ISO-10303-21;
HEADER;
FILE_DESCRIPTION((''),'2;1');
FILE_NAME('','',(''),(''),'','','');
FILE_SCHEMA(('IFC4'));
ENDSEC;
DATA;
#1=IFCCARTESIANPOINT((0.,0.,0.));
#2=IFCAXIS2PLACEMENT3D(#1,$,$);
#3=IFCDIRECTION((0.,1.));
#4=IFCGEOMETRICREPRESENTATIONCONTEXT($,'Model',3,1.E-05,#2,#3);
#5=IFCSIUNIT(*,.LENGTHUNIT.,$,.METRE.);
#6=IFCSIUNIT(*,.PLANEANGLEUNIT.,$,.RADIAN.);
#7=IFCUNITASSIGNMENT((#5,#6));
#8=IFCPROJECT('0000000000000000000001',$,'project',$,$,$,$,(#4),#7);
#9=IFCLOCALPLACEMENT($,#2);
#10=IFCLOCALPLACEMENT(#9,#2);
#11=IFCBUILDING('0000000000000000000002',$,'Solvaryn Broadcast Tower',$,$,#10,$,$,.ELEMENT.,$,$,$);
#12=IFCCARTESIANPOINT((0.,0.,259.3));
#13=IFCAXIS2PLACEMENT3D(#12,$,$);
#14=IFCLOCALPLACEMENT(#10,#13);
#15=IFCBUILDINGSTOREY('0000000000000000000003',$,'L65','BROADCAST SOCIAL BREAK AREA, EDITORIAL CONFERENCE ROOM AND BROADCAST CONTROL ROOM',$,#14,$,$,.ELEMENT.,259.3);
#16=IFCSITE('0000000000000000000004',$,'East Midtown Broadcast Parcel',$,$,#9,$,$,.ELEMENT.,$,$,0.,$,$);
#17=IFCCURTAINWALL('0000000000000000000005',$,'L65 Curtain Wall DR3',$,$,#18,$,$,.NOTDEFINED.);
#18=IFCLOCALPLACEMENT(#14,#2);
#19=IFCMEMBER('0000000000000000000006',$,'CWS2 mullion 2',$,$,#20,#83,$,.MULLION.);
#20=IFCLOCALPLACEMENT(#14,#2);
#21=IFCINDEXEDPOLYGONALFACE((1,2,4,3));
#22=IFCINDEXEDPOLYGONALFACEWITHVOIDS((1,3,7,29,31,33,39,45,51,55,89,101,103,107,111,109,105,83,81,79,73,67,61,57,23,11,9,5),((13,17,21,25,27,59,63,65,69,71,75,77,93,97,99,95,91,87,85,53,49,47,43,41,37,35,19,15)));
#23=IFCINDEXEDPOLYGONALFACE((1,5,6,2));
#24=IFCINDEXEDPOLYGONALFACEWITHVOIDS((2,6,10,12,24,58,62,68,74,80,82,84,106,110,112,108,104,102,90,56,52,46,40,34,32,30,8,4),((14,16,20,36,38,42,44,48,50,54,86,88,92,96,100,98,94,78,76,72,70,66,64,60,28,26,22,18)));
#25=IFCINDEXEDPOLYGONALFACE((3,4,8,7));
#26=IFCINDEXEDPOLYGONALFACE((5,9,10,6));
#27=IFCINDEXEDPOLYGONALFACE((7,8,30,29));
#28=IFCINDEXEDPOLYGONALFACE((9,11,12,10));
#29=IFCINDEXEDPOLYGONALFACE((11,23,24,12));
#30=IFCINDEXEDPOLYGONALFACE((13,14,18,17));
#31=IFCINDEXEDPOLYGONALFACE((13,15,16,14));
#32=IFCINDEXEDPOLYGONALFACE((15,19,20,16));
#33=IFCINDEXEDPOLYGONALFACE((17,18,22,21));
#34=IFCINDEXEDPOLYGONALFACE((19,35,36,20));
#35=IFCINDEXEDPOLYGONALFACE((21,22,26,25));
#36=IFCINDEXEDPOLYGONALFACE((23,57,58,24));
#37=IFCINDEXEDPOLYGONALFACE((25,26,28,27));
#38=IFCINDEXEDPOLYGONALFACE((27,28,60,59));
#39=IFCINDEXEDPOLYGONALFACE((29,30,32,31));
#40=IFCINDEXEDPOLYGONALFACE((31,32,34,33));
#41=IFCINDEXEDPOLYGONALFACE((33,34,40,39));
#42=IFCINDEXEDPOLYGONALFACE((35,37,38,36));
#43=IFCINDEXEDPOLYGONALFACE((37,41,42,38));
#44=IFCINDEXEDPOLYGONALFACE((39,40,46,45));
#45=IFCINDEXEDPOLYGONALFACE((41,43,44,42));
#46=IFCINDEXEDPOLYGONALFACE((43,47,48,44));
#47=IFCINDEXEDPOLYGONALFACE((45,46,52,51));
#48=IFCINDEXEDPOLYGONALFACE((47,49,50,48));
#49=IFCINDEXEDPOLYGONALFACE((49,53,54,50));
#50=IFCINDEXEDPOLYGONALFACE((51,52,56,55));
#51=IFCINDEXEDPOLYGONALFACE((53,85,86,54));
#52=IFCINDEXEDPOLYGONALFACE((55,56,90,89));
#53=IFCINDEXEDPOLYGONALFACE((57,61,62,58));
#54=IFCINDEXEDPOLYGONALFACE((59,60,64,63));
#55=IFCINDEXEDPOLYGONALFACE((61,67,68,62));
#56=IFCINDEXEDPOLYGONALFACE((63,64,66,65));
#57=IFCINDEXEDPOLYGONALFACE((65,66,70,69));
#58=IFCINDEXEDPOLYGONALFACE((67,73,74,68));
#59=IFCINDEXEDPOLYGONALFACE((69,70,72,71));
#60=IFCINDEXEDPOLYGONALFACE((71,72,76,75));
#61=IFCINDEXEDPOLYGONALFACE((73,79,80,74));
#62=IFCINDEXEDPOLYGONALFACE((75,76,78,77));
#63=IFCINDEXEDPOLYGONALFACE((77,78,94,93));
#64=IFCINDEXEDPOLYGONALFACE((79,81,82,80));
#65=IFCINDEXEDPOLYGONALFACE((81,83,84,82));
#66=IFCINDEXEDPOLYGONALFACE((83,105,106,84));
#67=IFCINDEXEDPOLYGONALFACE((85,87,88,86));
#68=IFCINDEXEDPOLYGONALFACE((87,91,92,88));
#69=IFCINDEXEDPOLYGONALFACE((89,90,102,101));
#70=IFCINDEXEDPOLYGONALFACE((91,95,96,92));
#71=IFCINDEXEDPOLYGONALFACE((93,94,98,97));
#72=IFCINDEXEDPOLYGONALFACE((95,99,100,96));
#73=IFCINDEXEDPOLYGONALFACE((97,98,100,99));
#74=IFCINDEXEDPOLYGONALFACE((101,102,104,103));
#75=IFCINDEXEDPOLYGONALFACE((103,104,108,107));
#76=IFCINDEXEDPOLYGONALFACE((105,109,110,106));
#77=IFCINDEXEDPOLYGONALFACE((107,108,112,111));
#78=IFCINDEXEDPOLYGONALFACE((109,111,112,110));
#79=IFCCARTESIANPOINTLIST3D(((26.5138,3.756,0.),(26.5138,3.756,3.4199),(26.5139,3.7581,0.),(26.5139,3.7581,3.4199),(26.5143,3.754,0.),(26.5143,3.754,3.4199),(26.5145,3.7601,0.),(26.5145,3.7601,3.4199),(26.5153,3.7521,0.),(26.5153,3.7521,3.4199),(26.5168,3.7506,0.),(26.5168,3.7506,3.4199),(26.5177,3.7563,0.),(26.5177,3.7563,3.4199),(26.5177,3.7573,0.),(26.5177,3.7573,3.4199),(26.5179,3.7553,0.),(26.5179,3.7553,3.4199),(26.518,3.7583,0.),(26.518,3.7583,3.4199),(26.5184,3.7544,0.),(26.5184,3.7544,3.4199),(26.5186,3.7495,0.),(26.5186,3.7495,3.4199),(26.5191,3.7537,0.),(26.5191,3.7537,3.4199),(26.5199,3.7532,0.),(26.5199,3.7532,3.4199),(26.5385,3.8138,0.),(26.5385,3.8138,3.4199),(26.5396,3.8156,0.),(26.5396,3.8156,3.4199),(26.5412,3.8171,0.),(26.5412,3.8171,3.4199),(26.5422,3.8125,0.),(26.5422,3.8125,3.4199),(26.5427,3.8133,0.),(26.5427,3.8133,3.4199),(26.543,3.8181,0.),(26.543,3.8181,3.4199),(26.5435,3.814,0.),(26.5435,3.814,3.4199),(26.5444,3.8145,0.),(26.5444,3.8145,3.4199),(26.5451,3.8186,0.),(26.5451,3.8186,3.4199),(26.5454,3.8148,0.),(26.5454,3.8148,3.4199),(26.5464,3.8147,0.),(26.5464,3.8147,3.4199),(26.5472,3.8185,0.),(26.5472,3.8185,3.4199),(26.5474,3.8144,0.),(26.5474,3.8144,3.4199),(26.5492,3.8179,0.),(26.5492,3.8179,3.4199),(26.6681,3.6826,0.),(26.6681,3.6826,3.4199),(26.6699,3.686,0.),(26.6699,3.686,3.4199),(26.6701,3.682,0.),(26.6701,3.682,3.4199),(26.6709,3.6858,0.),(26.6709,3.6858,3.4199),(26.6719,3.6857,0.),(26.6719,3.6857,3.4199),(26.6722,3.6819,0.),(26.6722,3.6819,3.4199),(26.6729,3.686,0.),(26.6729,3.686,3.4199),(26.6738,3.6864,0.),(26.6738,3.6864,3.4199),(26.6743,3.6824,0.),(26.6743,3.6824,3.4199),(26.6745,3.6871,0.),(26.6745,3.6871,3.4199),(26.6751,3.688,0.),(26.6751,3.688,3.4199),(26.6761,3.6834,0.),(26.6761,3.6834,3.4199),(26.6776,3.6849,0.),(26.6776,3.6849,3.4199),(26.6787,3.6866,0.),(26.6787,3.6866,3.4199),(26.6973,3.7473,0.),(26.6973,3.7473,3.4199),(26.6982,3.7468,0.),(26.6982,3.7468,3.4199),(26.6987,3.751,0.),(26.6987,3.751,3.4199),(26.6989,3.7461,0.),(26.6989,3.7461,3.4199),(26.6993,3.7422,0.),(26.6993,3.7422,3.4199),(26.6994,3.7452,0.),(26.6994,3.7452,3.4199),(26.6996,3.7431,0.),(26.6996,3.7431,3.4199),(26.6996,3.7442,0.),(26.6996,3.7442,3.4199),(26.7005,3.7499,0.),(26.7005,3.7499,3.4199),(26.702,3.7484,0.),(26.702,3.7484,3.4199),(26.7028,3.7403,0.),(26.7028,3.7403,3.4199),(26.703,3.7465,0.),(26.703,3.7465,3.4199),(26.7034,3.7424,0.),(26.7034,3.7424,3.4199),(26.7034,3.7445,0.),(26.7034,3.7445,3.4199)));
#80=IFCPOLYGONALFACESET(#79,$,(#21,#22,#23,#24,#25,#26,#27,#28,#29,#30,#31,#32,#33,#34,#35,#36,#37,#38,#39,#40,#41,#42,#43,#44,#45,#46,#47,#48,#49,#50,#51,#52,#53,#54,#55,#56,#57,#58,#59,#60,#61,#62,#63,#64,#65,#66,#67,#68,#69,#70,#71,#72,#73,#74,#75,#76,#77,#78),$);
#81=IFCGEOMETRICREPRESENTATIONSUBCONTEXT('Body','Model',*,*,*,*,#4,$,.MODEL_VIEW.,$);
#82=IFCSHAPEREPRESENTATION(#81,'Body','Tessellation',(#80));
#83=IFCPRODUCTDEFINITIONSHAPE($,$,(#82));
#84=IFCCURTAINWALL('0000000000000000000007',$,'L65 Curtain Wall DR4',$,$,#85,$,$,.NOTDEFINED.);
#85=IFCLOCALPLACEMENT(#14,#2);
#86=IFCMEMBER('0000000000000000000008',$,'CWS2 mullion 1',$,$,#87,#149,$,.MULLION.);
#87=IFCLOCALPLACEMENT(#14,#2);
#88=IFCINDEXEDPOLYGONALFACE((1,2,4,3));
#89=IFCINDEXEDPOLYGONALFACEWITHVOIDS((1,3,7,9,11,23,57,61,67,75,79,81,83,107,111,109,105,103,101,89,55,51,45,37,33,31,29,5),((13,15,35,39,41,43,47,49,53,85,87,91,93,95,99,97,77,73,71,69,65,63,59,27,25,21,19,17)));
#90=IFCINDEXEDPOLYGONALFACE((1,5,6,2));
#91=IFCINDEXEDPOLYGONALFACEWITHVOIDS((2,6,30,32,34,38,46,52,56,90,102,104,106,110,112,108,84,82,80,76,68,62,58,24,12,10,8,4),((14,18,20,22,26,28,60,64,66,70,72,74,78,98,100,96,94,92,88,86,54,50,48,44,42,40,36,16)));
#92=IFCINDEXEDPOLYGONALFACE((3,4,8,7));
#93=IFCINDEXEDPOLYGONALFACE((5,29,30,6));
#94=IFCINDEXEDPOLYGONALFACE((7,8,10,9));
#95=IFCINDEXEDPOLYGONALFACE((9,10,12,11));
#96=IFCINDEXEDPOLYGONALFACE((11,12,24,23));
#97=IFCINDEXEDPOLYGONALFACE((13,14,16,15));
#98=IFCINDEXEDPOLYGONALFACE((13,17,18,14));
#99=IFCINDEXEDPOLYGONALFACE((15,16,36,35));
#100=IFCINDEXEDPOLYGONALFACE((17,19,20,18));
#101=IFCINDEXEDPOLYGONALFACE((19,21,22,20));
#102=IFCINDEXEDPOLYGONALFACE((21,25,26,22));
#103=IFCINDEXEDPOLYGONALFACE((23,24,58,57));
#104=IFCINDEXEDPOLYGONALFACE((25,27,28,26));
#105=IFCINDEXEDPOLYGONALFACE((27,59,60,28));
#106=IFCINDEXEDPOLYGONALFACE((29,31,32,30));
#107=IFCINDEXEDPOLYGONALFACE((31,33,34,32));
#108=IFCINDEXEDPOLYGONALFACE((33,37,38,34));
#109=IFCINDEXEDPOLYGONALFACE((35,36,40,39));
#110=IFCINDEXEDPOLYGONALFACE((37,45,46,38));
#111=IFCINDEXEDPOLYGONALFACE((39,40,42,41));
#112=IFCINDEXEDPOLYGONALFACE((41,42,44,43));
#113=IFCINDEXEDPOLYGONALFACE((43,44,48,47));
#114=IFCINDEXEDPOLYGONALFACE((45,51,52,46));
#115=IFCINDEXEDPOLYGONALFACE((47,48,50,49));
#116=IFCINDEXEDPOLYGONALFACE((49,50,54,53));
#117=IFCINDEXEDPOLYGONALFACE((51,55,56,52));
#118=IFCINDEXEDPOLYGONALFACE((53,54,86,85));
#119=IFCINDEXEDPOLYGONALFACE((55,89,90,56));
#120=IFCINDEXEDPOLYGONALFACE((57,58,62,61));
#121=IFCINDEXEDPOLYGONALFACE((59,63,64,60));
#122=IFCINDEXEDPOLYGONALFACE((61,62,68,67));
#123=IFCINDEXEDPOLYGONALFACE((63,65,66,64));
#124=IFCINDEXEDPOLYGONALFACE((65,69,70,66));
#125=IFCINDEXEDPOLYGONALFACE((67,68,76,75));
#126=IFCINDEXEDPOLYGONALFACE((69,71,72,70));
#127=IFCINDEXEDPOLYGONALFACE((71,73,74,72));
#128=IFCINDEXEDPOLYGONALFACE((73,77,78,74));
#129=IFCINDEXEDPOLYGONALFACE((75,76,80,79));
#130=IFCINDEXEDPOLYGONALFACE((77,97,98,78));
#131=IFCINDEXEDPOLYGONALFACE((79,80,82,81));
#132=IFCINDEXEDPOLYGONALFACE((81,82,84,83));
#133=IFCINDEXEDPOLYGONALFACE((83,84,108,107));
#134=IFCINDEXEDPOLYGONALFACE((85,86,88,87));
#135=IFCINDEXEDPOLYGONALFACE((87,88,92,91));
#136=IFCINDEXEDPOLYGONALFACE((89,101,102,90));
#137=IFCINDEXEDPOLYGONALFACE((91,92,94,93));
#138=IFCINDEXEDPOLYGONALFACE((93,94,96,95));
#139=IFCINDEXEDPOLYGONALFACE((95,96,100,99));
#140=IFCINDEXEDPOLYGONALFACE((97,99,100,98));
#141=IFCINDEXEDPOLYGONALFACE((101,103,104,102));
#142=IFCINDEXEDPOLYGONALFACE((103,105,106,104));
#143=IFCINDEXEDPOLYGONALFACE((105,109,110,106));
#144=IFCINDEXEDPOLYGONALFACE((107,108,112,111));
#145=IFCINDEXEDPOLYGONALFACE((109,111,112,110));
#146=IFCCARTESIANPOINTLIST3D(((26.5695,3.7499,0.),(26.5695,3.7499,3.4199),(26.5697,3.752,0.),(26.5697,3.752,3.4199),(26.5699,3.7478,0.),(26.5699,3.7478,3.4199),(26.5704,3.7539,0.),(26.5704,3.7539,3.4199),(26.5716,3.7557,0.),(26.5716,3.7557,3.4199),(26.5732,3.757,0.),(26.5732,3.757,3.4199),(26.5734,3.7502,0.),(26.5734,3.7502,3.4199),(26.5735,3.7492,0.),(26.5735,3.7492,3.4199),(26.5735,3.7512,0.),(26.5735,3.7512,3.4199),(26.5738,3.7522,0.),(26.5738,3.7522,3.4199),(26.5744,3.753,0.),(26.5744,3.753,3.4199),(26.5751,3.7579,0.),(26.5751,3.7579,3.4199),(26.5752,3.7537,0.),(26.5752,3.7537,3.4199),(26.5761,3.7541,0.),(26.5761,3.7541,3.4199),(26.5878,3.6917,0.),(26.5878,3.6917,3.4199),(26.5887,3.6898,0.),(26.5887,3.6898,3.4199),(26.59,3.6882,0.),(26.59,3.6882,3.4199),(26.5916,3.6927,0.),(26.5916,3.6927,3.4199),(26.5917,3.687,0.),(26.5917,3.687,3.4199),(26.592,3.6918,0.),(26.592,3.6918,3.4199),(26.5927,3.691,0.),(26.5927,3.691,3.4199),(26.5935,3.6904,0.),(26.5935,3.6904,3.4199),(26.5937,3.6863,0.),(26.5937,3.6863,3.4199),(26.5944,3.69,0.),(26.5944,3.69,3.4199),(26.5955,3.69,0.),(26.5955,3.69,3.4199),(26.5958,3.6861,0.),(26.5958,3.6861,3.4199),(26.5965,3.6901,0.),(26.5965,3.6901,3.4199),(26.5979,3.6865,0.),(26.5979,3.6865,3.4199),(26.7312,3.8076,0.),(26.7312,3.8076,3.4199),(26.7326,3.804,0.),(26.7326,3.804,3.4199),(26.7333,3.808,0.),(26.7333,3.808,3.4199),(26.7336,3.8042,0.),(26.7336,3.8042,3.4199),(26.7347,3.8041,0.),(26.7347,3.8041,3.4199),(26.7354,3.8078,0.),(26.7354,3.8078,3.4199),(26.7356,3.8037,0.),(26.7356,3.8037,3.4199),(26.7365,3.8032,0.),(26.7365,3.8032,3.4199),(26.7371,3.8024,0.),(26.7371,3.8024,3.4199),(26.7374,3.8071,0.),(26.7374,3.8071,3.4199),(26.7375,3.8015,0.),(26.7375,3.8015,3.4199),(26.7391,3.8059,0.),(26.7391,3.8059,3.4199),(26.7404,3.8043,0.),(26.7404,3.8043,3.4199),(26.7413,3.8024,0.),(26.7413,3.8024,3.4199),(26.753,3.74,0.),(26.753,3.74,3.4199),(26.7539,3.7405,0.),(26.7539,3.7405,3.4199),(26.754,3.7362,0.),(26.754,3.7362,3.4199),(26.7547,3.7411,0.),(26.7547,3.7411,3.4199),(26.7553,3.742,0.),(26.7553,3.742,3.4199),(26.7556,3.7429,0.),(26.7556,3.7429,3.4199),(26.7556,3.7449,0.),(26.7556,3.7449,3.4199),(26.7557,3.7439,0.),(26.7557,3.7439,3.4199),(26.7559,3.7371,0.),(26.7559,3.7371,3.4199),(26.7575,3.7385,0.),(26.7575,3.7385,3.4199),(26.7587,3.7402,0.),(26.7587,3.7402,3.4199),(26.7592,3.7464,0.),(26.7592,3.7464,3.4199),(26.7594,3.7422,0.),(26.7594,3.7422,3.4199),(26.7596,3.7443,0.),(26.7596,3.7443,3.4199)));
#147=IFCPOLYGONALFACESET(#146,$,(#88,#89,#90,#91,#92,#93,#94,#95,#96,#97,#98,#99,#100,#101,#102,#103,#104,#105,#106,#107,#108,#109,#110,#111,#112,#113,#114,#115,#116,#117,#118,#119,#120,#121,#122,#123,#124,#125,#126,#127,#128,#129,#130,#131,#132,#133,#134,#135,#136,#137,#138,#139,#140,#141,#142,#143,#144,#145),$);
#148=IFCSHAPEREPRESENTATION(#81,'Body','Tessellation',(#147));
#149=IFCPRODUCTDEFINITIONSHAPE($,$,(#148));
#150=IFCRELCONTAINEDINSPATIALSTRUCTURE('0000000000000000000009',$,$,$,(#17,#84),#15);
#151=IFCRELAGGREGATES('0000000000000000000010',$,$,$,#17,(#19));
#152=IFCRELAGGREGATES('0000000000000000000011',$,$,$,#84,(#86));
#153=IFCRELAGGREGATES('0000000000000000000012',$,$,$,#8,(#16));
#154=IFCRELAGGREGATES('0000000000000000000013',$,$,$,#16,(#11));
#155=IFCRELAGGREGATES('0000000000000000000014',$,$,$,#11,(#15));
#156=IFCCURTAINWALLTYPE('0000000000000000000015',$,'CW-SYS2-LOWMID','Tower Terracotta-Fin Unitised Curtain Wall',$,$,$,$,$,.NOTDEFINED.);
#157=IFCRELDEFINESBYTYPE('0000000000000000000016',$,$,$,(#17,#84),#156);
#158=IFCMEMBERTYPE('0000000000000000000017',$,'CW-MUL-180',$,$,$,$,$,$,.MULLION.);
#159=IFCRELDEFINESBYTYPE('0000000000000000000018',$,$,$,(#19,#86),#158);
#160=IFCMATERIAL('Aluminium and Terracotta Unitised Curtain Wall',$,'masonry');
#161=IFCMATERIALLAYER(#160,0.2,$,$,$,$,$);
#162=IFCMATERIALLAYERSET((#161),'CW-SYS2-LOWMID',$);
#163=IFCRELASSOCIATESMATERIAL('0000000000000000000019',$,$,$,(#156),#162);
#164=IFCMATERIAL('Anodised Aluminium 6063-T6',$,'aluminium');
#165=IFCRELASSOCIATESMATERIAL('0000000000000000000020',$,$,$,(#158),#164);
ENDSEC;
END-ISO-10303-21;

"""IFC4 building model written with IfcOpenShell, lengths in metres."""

from ifc_helpers import new_model, si_unit, direction, frame, origin, origin_2d, place, context, subcontext, project, spatial, hollow_rectangle, extrude, material, layer, layer_set, material_profile, profile_set, type_object, element, aggregate, save


model = new_model("IFC4")

# Units and contexts
model_context = context("Model", 3, precision=1e-05, world=origin(), true_north=direction((0.0, 1.0)))
body_context = subcontext(model_context, "Body", "Model", "MODEL_VIEW")
ifc_project = project(units=[si_unit("LENGTHUNIT", "METRE"), si_unit("PLANEANGLEUNIT", "RADIAN")], contexts=[model_context])

# Site, building, storey
site_placement = place(None, origin())
site = spatial("IfcSite", under=ifc_project, at=site_placement, Name="East Midtown Broadcast Parcel", CompositionType="ELEMENT", RefElevation=0.0)
building_placement = place(site_placement, origin())
building = spatial("IfcBuilding", under=site, at=building_placement, Name="Solvaryn Broadcast Tower", CompositionType="ELEMENT")
storey_placement = place(building_placement, frame((0.0, 0.0, 259.3)))
storey = spatial("IfcBuildingStorey", under=building, at=storey_placement, Name="L65", Description="BROADCAST SOCIAL BREAK AREA, EDITORIAL CONFERENCE ROOM AND BROADCAST CONTROL ROOM", CompositionType="ELEMENT", Elevation=259.3)

# Curtain wall, member
ifc_material_1 = material(Name="Aluminium and Terracotta Unitised Curtain Wall", Category="masonry")
ifc_layer_1 = layer(ifc_material_1, 0.2)
ifc_layer_set_1 = layer_set([ifc_layer_1], Name="CW-SYS2-LOWMID")
curtain_wall_type = type_object("IfcCurtainWallType", Name="CW-SYS2-LOWMID", Description="Tower Terracotta-Fin Unitised Curtain Wall", PredefinedType="NOTDEFINED", material=ifc_layer_set_1)
curtain_wall_1_placement = place(storey_placement, origin())
curtain_wall_1 = element("IfcCurtainWall", 1, at=curtain_wall_1_placement, inside=storey, type_object=curtain_wall_type, Name="L65 Curtain Wall DR3", PredefinedType="NOTDEFINED")
ifc_material_2 = material(Name="Anodised Aluminium 6063-T6", Category="aluminium")
ifc_material_profile_1 = material_profile(ifc_material_2, hollow_rectangle(XDim=0.075, YDim=0.1799, WallThickness=0.0039, InnerFilletRadius=0.0039, OuterFilletRadius=0.0081, at=origin_2d()))
ifc_profile_set_1 = profile_set([ifc_material_profile_1], Name="Anodised Aluminium 6063-T6")
member_type_1 = type_object("IfcMemberType", Name="CW-MUL-180", PredefinedType="MULLION", material=ifc_profile_set_1)
member_1_placement = place(storey_placement, frame((26.6086, 3.7502, 0.0), z_axis=(0.0, 0.0, 1.0), x_axis=(0.408466, 0.912774, 0.0)))
member_1 = element("IfcMember", 2, at=member_1_placement, type_object=member_type_1, Name="CWS2 mullion 2", PredefinedType="MULLION", context=body_context, shape_type="SweptSolid", body=[
    extrude(hollow_rectangle(XDim=0.075, YDim=0.1799, WallThickness=0.0039, InnerFilletRadius=0.0039, OuterFilletRadius=0.0081, at=origin_2d()), origin(), (0.0, 0.0, 1.0), 3.4199),
])
aggregate(curtain_wall_1, [member_1])

# Curtain wall, member
curtain_wall_2_placement = place(storey_placement, origin())
curtain_wall_2 = element("IfcCurtainWall", 3, at=curtain_wall_2_placement, inside=storey, type_object=curtain_wall_type, Name="L65 Curtain Wall DR4", PredefinedType="NOTDEFINED")
member_2_placement = place(storey_placement, frame((26.6646, 3.7471, 0.0), z_axis=(0.0, 0.0, 1.0), x_axis=(-0.303616, 0.952795, 0.0)))
member_2 = element("IfcMember", 4, at=member_2_placement, type_object=member_type_1, Name="CWS2 mullion 1", PredefinedType="MULLION", context=body_context, shape_type="SweptSolid", body=[
    extrude(hollow_rectangle(XDim=0.075, YDim=0.1799, WallThickness=0.0039, InnerFilletRadius=0.0039, OuterFilletRadius=0.0081, at=origin_2d()), origin(), (0.0, 0.0, 1.0), 3.4199),
])
aggregate(curtain_wall_2, [member_2])

save(model, "model.ifc")
